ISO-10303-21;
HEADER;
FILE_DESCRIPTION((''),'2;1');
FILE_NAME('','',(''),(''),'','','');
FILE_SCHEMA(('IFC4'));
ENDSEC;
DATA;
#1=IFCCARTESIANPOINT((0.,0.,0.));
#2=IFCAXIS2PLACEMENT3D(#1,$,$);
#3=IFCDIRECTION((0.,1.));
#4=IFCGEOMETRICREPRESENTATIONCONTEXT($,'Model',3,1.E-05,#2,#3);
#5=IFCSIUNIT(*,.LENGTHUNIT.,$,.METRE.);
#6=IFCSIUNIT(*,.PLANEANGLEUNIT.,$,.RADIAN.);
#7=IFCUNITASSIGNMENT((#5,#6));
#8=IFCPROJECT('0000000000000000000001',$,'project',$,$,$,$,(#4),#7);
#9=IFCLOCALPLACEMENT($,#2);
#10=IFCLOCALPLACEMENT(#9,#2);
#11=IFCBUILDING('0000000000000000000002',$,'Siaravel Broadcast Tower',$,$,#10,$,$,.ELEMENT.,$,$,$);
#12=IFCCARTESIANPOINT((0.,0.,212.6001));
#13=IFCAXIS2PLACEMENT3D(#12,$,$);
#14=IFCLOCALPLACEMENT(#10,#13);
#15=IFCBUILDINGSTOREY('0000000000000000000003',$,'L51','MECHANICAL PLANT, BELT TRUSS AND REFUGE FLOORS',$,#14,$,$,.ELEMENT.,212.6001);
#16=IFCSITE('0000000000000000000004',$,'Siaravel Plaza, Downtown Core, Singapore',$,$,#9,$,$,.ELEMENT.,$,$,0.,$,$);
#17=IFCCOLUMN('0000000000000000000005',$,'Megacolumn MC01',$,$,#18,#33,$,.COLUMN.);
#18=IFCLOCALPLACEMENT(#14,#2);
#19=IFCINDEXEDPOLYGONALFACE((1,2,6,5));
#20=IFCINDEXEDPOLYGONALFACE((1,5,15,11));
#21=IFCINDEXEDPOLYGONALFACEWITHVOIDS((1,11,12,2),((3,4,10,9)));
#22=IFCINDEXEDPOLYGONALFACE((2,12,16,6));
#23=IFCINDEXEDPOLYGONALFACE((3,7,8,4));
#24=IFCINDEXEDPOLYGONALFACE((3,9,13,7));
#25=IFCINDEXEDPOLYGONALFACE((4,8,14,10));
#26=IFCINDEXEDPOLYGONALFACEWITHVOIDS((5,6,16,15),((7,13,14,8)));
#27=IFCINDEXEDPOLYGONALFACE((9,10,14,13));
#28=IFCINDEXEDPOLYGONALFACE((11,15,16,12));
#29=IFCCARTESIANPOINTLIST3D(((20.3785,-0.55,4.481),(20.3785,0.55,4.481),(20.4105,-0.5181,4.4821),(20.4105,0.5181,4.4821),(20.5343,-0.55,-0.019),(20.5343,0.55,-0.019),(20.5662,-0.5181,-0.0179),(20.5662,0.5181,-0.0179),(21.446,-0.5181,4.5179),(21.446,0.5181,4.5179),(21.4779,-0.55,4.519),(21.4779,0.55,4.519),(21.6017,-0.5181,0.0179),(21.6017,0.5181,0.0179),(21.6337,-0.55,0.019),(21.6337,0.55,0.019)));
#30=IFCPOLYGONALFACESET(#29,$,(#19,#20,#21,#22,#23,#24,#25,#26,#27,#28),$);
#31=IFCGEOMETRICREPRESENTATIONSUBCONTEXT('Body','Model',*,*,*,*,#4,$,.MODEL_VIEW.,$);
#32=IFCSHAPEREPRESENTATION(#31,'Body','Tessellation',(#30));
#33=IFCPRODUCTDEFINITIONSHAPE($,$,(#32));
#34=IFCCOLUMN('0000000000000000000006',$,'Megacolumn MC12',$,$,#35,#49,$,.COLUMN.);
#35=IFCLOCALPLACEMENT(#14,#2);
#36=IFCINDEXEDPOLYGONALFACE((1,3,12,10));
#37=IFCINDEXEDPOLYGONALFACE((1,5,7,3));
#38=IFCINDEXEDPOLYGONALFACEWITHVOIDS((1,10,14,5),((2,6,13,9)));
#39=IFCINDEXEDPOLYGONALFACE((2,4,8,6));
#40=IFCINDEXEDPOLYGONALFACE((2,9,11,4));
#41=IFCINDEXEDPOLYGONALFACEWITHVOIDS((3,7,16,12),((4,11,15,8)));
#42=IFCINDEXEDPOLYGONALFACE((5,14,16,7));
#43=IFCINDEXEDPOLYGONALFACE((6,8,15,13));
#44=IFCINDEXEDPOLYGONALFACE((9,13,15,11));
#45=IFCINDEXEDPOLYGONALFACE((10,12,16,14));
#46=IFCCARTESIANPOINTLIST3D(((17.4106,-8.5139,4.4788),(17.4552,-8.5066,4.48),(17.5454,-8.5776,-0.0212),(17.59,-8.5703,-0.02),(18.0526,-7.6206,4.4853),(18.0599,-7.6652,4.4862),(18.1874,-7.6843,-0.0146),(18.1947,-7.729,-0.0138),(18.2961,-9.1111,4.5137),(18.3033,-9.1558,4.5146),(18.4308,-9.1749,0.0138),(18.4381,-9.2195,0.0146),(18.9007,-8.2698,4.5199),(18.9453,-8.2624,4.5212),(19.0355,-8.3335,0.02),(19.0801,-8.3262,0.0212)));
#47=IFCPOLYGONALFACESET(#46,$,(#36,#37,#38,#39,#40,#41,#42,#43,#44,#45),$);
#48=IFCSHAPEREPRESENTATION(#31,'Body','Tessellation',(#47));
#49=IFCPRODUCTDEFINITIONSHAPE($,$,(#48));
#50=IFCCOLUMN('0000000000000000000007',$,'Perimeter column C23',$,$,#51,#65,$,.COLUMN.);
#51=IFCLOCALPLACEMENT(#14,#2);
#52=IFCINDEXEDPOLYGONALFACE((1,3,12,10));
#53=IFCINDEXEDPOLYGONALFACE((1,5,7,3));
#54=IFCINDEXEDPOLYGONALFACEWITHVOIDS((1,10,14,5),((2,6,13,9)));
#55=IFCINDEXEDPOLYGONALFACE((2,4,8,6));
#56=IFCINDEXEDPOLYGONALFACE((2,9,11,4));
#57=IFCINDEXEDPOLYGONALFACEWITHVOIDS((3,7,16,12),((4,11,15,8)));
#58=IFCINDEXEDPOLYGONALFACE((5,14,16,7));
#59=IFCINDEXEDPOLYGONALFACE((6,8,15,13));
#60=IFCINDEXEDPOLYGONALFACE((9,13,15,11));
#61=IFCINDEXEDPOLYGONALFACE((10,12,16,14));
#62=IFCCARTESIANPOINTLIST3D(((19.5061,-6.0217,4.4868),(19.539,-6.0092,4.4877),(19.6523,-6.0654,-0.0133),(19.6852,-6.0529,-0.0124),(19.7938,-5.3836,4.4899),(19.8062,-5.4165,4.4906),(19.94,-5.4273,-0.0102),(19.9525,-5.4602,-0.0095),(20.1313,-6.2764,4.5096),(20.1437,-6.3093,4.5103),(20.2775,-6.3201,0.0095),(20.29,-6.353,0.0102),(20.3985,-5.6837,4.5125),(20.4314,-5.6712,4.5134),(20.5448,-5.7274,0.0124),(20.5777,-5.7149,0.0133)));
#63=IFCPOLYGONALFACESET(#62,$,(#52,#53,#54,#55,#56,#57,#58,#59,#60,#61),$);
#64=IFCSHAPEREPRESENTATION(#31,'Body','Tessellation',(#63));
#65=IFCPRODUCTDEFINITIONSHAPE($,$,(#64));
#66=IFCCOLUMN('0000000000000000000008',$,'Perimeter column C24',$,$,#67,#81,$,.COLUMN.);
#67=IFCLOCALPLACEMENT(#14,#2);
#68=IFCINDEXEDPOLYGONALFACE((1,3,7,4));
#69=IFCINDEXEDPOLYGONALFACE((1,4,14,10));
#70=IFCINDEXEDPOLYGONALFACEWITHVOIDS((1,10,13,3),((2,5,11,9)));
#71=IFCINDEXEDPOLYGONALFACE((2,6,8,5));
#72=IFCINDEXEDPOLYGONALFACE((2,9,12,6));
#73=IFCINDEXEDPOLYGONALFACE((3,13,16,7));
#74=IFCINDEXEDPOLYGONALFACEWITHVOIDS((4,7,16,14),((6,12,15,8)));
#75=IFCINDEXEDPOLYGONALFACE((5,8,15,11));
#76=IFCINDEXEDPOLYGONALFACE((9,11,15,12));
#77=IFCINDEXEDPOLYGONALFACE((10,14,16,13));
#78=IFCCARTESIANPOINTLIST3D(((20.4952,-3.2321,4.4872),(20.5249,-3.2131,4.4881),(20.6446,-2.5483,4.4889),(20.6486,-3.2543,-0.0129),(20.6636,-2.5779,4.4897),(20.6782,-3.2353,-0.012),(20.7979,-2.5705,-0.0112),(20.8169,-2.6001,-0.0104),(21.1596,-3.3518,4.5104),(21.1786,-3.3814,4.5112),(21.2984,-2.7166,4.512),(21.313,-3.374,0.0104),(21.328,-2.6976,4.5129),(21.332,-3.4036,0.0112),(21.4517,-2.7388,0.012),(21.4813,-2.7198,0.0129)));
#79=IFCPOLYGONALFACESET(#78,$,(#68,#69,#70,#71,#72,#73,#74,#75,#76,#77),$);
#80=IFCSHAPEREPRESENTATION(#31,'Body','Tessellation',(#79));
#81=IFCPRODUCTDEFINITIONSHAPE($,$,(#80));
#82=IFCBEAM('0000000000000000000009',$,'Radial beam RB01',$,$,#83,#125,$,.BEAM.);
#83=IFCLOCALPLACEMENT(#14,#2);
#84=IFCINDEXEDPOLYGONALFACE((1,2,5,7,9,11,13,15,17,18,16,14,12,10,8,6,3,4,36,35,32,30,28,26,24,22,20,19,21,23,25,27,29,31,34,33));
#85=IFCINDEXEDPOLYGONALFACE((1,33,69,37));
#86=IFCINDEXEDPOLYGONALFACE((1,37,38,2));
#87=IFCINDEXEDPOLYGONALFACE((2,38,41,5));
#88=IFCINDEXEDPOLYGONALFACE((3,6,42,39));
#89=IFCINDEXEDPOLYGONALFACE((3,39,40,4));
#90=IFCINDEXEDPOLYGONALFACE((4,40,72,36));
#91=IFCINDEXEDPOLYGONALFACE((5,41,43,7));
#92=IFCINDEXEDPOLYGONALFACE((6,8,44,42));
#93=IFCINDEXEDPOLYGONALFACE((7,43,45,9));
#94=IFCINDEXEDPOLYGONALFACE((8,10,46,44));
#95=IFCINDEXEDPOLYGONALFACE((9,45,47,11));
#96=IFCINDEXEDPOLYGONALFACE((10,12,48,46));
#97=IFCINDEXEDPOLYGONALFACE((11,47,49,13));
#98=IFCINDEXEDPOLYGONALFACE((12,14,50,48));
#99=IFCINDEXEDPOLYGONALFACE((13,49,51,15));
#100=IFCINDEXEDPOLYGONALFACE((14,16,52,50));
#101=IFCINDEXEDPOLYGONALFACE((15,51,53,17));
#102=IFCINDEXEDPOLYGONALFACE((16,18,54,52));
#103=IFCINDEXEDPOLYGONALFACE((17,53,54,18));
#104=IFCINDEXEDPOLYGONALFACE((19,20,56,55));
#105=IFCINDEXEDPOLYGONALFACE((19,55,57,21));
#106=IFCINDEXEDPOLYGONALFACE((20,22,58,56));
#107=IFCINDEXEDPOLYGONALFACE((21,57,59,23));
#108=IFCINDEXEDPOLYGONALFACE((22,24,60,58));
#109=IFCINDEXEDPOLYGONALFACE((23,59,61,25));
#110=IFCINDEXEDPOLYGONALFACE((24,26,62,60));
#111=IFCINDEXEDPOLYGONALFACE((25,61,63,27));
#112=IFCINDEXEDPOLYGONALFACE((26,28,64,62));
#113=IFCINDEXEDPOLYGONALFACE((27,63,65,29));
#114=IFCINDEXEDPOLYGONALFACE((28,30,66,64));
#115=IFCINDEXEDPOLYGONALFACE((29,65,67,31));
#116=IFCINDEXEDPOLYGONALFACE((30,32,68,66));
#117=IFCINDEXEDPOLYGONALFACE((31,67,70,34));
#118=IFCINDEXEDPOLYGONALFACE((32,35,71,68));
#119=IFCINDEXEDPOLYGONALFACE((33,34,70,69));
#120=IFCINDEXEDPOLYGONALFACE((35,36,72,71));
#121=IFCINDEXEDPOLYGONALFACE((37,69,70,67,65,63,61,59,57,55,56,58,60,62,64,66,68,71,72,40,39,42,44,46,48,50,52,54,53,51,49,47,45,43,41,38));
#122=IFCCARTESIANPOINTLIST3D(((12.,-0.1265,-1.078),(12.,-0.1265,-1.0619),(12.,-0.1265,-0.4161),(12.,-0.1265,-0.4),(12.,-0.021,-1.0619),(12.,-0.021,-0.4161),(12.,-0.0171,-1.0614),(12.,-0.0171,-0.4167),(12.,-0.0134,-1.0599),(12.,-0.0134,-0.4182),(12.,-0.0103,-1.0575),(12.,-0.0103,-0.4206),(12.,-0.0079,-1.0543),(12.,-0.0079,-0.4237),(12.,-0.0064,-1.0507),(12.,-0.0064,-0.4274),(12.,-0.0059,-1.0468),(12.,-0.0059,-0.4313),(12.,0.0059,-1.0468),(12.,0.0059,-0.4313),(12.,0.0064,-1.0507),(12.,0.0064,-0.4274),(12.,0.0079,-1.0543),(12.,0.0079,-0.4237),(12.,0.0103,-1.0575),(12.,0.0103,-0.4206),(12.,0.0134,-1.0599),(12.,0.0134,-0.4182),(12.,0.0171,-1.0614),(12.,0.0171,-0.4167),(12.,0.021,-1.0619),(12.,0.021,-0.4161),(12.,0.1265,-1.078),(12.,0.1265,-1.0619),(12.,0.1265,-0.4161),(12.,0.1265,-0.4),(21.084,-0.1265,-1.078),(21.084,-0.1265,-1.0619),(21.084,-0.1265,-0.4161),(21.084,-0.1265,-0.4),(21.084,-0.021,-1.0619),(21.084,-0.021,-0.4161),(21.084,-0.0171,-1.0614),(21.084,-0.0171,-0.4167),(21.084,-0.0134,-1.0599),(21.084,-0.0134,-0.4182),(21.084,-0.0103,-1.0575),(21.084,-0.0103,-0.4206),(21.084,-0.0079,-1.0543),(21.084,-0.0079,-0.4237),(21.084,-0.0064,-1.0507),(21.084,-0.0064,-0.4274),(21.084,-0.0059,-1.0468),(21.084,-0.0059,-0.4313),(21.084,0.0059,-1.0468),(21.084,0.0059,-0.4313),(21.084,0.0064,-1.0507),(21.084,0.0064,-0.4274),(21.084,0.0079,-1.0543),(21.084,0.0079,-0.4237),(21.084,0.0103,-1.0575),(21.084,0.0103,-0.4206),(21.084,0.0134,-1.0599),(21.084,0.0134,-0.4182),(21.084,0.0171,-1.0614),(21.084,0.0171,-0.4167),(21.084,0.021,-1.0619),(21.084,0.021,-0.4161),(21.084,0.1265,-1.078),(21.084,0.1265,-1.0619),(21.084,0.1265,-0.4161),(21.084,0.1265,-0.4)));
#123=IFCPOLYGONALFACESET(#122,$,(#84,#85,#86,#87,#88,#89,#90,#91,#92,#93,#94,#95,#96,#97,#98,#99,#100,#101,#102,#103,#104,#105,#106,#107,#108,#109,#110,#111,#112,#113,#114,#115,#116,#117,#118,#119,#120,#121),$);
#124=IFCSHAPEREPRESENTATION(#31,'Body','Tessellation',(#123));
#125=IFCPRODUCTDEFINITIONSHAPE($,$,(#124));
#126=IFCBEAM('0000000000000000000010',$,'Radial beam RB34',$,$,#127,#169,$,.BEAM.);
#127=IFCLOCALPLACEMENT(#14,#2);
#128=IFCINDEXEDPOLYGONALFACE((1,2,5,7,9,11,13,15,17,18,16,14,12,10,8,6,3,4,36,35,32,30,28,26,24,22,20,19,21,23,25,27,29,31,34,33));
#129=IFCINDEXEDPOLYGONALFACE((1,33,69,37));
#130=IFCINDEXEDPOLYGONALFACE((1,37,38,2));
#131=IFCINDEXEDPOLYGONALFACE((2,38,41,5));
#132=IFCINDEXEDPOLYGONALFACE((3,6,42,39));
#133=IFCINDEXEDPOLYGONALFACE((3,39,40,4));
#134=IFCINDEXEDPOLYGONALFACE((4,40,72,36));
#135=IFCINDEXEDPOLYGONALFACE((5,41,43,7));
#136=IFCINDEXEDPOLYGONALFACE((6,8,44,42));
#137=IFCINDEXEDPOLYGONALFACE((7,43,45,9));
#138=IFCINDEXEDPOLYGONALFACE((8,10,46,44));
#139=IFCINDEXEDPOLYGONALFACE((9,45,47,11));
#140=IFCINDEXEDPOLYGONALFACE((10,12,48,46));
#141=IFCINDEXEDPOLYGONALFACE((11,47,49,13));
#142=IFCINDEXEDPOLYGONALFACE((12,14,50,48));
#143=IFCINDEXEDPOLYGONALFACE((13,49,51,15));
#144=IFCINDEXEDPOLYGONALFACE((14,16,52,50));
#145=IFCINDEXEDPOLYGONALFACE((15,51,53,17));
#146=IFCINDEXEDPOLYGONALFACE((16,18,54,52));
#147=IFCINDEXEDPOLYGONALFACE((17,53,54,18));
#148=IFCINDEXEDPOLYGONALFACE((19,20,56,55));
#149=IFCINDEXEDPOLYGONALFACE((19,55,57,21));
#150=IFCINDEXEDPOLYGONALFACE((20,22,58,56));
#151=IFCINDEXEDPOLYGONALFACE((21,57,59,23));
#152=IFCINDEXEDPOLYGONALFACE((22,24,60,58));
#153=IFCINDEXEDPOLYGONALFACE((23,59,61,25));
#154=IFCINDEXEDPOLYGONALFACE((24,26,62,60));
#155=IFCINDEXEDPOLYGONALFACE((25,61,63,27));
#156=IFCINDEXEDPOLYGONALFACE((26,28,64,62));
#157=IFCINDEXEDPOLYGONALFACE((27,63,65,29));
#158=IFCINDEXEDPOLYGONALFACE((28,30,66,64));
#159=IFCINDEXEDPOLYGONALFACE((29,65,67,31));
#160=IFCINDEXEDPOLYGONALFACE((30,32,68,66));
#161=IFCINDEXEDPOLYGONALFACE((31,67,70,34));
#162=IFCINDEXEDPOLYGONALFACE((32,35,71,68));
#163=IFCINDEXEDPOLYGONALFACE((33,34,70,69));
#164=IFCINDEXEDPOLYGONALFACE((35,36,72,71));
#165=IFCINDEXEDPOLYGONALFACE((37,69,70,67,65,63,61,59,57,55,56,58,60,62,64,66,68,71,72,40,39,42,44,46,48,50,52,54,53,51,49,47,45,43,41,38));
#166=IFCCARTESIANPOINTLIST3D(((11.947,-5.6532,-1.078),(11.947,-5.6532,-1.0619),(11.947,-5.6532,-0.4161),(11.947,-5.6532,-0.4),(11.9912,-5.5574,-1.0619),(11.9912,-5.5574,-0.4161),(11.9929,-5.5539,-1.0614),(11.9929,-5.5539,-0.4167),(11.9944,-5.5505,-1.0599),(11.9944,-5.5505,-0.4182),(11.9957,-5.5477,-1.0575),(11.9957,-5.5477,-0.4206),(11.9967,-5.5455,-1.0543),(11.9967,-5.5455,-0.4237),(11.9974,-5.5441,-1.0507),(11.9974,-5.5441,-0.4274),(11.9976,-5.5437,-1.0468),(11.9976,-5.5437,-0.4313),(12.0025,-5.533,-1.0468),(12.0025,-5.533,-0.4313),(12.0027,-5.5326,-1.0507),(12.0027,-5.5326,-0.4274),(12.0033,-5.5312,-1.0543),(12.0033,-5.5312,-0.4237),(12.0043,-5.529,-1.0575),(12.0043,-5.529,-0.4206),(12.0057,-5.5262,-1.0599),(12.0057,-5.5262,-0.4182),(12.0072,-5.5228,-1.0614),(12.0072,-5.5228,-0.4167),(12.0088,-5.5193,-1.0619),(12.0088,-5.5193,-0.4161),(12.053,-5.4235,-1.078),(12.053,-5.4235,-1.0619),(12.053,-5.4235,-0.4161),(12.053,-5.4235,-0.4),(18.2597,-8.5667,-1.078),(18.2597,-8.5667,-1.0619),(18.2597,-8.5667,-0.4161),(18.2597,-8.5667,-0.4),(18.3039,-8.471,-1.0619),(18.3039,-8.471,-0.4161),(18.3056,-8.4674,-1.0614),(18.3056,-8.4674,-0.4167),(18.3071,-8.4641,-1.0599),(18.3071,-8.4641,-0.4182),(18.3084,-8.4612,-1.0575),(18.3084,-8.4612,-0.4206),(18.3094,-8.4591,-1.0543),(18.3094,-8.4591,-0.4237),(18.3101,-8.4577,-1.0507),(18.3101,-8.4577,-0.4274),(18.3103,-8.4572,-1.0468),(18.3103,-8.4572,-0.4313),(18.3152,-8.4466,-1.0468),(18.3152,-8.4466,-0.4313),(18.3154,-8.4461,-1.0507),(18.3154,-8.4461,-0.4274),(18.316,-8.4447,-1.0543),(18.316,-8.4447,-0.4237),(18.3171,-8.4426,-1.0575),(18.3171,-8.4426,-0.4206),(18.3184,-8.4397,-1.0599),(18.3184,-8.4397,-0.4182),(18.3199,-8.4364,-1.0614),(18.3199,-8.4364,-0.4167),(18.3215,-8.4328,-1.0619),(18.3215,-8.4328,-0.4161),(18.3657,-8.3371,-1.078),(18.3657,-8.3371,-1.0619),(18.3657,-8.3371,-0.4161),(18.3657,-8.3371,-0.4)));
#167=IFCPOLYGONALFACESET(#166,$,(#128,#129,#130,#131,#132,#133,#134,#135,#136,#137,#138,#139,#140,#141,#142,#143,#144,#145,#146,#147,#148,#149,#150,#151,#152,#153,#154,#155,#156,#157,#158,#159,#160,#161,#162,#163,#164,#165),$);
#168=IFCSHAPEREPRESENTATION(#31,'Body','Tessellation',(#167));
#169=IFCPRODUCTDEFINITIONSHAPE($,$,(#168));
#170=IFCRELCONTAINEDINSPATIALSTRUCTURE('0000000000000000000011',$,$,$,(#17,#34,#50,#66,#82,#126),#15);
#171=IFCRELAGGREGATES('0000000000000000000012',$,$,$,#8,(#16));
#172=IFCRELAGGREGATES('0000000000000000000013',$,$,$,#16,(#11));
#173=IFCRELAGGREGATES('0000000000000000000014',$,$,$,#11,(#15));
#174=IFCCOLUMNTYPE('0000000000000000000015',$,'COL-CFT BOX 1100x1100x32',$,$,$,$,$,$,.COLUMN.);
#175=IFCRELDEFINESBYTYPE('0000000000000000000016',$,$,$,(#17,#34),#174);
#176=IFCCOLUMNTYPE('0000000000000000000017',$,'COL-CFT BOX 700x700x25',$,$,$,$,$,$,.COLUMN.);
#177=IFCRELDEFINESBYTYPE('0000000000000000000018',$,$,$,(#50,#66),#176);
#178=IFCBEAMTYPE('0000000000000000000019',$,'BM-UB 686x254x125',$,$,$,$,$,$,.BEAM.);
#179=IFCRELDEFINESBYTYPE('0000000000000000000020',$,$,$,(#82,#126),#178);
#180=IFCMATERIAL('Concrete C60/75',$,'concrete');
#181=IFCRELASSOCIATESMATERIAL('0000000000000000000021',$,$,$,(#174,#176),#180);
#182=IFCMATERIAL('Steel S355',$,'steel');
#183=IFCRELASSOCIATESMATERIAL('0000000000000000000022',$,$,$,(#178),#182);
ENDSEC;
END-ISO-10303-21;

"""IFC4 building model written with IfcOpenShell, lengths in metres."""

from ifc_helpers import new_model, si_unit, direction, frame, origin, origin_2d, place, context, subcontext, project, spatial, hollow_rectangle, i_section, extrude, material, material_profile, profile_set, type_object, element, save


model = new_model("IFC4")

# Units and contexts
model_context = context("Model", 3, precision=1e-05, world=origin(), true_north=direction((0.0, 1.0)))
body_context = subcontext(model_context, "Body", "Model", "MODEL_VIEW")
ifc_project = project(units=[si_unit("LENGTHUNIT", "METRE"), si_unit("PLANEANGLEUNIT", "RADIAN")], contexts=[model_context])

# Site, building, storey
site_placement = place(None, origin())
site = spatial("IfcSite", under=ifc_project, at=site_placement, Name="Siaravel Plaza, Downtown Core, Singapore", CompositionType="ELEMENT", RefElevation=0.0)
building_placement = place(site_placement, origin())
building = spatial("IfcBuilding", under=site, at=building_placement, Name="Siaravel Broadcast Tower", CompositionType="ELEMENT")
storey_placement = place(building_placement, frame((0.0, 0.0, 212.6001)))
storey = spatial("IfcBuildingStorey", under=building, at=storey_placement, Name="L51", Description="MECHANICAL PLANT, BELT TRUSS AND REFUGE FLOORS", CompositionType="ELEMENT", Elevation=212.6001)

# Columns
ifc_material_1 = material(Name="Concrete C60/75", Category="concrete")
ifc_material_profile_1 = material_profile(ifc_material_1, hollow_rectangle(XDim=1.1001, YDim=1.1001, WallThickness=0.032, at=origin_2d()))
ifc_profile_set_1 = profile_set([ifc_material_profile_1], Name="Concrete C60/75")
column_type_1 = type_object("IfcColumnType", Name="COL-CFT BOX 1100x1100x32", PredefinedType="COLUMN", material=ifc_profile_set_1)
column_1_placement = place(storey_placement, frame((21.084, 0.0, 0.0), z_axis=(-0.034593, 0.0, 0.999401), x_axis=(0.0, -1.0, 0.0)))
element("IfcColumn", 1, at=column_1_placement, inside=storey, type_object=column_type_1, Name="Megacolumn MC01", PredefinedType="COLUMN", context=body_context, shape_type="SweptSolid", body=[
    extrude(hollow_rectangle(XDim=1.1001, YDim=1.1001, WallThickness=0.032, at=origin_2d()), origin(), (0.0, 0.0, 1.0), 4.5027),
])
column_2_placement = place(storey_placement, frame((18.3127, -8.4519, 0.0), z_axis=(-0.029931, 0.014152, 0.999452), x_axis=(-0.583579, -0.812034, -0.005978)))
element("IfcColumn", 2, at=column_2_placement, inside=storey, type_object=column_type_1, Name="Megacolumn MC12", PredefinedType="COLUMN", context=body_context, shape_type="SweptSolid", body=[
    extrude(hollow_rectangle(XDim=1.1001, YDim=1.1001, WallThickness=0.032, at=origin_2d()), origin(), (0.0, 0.0, 1.0), 4.5024),
])
ifc_material_profile_2 = material_profile(ifc_material_1, hollow_rectangle(XDim=0.7, YDim=0.7, WallThickness=0.0249, at=origin_2d()))
ifc_profile_set_2 = profile_set([ifc_material_profile_2], Name="Concrete C60/75")
column_type_2 = type_object("IfcColumnType", Name="COL-CFT BOX 700x700x25", PredefinedType="COLUMN", material=ifc_profile_set_2)
for number, where, z_axis, x_axis, name in (
    (3, (20.115, -5.8901, 0.0), (-0.032479, 0.009706, 0.999425), (-0.41104, -0.911606, -0.004505), "Perimeter column C23"),
    (4, (21.0649, -2.9871, 0.0), (-0.034051, 0.004934, 0.999408), (-0.213381, -0.976966, -0.002447), "Perimeter column C24"),
):
    element("IfcColumn", number, at=place(storey_placement, frame(where, z_axis=z_axis, x_axis=x_axis)), inside=storey, type_object=column_type_2, Name=name, PredefinedType="COLUMN", context=body_context, shape_type="SweptSolid", body=[
        extrude(hollow_rectangle(XDim=0.7, YDim=0.7, WallThickness=0.0249, at=origin_2d()), origin(), (0.0, 0.0, 1.0), 4.5027),
    ])

# Beams
ifc_material_2 = material(Name="Steel S355", Category="steel")
ifc_material_profile_3 = material_profile(ifc_material_2, i_section(OverallWidth=0.2529, OverallDepth=0.678, WebThickness=0.0117, FlangeThickness=0.0161, FilletRadius=0.0151, at=origin_2d()))
ifc_profile_set_3 = profile_set([ifc_material_profile_3], Name="Steel S355")
beam_type_1 = type_object("IfcBeamType", Name="BM-UB 686x254x125", PredefinedType="BEAM", material=ifc_profile_set_3)
beam_1_placement = place(storey_placement, frame((21.084, 0.0, -0.739), z_axis=(-1.0, 0.0, 0.0), x_axis=(0.0, -1.0, 0.0)))
element("IfcBeam", 5, at=beam_1_placement, inside=storey, type_object=beam_type_1, Name="Radial beam RB01", PredefinedType="BEAM", context=body_context, shape_type="SweptSolid", body=[
    extrude(i_section(OverallWidth=0.2529, OverallDepth=0.678, WebThickness=0.0117, FlangeThickness=0.0161, FilletRadius=0.0151, at=origin_2d()), origin(), (0.0, 0.0, 1.0), 9.084),
])
beam_2_placement = place(storey_placement, frame((18.3127, -8.4519, -0.739), z_axis=(-0.907959, 0.419058, 0.0), x_axis=(-0.419058, -0.907959, 0.0)))
element("IfcBeam", 6, at=beam_2_placement, inside=storey, type_object=beam_type_1, Name="Radial beam RB34", PredefinedType="BEAM", context=body_context, shape_type="SweptSolid", body=[
    extrude(i_section(OverallWidth=0.2529, OverallDepth=0.678, WebThickness=0.0117, FlangeThickness=0.0161, FilletRadius=0.0151, at=origin_2d()), origin(), (0.0, 0.0, 1.0), 6.9526),
])

save(model, "model.ifc")
